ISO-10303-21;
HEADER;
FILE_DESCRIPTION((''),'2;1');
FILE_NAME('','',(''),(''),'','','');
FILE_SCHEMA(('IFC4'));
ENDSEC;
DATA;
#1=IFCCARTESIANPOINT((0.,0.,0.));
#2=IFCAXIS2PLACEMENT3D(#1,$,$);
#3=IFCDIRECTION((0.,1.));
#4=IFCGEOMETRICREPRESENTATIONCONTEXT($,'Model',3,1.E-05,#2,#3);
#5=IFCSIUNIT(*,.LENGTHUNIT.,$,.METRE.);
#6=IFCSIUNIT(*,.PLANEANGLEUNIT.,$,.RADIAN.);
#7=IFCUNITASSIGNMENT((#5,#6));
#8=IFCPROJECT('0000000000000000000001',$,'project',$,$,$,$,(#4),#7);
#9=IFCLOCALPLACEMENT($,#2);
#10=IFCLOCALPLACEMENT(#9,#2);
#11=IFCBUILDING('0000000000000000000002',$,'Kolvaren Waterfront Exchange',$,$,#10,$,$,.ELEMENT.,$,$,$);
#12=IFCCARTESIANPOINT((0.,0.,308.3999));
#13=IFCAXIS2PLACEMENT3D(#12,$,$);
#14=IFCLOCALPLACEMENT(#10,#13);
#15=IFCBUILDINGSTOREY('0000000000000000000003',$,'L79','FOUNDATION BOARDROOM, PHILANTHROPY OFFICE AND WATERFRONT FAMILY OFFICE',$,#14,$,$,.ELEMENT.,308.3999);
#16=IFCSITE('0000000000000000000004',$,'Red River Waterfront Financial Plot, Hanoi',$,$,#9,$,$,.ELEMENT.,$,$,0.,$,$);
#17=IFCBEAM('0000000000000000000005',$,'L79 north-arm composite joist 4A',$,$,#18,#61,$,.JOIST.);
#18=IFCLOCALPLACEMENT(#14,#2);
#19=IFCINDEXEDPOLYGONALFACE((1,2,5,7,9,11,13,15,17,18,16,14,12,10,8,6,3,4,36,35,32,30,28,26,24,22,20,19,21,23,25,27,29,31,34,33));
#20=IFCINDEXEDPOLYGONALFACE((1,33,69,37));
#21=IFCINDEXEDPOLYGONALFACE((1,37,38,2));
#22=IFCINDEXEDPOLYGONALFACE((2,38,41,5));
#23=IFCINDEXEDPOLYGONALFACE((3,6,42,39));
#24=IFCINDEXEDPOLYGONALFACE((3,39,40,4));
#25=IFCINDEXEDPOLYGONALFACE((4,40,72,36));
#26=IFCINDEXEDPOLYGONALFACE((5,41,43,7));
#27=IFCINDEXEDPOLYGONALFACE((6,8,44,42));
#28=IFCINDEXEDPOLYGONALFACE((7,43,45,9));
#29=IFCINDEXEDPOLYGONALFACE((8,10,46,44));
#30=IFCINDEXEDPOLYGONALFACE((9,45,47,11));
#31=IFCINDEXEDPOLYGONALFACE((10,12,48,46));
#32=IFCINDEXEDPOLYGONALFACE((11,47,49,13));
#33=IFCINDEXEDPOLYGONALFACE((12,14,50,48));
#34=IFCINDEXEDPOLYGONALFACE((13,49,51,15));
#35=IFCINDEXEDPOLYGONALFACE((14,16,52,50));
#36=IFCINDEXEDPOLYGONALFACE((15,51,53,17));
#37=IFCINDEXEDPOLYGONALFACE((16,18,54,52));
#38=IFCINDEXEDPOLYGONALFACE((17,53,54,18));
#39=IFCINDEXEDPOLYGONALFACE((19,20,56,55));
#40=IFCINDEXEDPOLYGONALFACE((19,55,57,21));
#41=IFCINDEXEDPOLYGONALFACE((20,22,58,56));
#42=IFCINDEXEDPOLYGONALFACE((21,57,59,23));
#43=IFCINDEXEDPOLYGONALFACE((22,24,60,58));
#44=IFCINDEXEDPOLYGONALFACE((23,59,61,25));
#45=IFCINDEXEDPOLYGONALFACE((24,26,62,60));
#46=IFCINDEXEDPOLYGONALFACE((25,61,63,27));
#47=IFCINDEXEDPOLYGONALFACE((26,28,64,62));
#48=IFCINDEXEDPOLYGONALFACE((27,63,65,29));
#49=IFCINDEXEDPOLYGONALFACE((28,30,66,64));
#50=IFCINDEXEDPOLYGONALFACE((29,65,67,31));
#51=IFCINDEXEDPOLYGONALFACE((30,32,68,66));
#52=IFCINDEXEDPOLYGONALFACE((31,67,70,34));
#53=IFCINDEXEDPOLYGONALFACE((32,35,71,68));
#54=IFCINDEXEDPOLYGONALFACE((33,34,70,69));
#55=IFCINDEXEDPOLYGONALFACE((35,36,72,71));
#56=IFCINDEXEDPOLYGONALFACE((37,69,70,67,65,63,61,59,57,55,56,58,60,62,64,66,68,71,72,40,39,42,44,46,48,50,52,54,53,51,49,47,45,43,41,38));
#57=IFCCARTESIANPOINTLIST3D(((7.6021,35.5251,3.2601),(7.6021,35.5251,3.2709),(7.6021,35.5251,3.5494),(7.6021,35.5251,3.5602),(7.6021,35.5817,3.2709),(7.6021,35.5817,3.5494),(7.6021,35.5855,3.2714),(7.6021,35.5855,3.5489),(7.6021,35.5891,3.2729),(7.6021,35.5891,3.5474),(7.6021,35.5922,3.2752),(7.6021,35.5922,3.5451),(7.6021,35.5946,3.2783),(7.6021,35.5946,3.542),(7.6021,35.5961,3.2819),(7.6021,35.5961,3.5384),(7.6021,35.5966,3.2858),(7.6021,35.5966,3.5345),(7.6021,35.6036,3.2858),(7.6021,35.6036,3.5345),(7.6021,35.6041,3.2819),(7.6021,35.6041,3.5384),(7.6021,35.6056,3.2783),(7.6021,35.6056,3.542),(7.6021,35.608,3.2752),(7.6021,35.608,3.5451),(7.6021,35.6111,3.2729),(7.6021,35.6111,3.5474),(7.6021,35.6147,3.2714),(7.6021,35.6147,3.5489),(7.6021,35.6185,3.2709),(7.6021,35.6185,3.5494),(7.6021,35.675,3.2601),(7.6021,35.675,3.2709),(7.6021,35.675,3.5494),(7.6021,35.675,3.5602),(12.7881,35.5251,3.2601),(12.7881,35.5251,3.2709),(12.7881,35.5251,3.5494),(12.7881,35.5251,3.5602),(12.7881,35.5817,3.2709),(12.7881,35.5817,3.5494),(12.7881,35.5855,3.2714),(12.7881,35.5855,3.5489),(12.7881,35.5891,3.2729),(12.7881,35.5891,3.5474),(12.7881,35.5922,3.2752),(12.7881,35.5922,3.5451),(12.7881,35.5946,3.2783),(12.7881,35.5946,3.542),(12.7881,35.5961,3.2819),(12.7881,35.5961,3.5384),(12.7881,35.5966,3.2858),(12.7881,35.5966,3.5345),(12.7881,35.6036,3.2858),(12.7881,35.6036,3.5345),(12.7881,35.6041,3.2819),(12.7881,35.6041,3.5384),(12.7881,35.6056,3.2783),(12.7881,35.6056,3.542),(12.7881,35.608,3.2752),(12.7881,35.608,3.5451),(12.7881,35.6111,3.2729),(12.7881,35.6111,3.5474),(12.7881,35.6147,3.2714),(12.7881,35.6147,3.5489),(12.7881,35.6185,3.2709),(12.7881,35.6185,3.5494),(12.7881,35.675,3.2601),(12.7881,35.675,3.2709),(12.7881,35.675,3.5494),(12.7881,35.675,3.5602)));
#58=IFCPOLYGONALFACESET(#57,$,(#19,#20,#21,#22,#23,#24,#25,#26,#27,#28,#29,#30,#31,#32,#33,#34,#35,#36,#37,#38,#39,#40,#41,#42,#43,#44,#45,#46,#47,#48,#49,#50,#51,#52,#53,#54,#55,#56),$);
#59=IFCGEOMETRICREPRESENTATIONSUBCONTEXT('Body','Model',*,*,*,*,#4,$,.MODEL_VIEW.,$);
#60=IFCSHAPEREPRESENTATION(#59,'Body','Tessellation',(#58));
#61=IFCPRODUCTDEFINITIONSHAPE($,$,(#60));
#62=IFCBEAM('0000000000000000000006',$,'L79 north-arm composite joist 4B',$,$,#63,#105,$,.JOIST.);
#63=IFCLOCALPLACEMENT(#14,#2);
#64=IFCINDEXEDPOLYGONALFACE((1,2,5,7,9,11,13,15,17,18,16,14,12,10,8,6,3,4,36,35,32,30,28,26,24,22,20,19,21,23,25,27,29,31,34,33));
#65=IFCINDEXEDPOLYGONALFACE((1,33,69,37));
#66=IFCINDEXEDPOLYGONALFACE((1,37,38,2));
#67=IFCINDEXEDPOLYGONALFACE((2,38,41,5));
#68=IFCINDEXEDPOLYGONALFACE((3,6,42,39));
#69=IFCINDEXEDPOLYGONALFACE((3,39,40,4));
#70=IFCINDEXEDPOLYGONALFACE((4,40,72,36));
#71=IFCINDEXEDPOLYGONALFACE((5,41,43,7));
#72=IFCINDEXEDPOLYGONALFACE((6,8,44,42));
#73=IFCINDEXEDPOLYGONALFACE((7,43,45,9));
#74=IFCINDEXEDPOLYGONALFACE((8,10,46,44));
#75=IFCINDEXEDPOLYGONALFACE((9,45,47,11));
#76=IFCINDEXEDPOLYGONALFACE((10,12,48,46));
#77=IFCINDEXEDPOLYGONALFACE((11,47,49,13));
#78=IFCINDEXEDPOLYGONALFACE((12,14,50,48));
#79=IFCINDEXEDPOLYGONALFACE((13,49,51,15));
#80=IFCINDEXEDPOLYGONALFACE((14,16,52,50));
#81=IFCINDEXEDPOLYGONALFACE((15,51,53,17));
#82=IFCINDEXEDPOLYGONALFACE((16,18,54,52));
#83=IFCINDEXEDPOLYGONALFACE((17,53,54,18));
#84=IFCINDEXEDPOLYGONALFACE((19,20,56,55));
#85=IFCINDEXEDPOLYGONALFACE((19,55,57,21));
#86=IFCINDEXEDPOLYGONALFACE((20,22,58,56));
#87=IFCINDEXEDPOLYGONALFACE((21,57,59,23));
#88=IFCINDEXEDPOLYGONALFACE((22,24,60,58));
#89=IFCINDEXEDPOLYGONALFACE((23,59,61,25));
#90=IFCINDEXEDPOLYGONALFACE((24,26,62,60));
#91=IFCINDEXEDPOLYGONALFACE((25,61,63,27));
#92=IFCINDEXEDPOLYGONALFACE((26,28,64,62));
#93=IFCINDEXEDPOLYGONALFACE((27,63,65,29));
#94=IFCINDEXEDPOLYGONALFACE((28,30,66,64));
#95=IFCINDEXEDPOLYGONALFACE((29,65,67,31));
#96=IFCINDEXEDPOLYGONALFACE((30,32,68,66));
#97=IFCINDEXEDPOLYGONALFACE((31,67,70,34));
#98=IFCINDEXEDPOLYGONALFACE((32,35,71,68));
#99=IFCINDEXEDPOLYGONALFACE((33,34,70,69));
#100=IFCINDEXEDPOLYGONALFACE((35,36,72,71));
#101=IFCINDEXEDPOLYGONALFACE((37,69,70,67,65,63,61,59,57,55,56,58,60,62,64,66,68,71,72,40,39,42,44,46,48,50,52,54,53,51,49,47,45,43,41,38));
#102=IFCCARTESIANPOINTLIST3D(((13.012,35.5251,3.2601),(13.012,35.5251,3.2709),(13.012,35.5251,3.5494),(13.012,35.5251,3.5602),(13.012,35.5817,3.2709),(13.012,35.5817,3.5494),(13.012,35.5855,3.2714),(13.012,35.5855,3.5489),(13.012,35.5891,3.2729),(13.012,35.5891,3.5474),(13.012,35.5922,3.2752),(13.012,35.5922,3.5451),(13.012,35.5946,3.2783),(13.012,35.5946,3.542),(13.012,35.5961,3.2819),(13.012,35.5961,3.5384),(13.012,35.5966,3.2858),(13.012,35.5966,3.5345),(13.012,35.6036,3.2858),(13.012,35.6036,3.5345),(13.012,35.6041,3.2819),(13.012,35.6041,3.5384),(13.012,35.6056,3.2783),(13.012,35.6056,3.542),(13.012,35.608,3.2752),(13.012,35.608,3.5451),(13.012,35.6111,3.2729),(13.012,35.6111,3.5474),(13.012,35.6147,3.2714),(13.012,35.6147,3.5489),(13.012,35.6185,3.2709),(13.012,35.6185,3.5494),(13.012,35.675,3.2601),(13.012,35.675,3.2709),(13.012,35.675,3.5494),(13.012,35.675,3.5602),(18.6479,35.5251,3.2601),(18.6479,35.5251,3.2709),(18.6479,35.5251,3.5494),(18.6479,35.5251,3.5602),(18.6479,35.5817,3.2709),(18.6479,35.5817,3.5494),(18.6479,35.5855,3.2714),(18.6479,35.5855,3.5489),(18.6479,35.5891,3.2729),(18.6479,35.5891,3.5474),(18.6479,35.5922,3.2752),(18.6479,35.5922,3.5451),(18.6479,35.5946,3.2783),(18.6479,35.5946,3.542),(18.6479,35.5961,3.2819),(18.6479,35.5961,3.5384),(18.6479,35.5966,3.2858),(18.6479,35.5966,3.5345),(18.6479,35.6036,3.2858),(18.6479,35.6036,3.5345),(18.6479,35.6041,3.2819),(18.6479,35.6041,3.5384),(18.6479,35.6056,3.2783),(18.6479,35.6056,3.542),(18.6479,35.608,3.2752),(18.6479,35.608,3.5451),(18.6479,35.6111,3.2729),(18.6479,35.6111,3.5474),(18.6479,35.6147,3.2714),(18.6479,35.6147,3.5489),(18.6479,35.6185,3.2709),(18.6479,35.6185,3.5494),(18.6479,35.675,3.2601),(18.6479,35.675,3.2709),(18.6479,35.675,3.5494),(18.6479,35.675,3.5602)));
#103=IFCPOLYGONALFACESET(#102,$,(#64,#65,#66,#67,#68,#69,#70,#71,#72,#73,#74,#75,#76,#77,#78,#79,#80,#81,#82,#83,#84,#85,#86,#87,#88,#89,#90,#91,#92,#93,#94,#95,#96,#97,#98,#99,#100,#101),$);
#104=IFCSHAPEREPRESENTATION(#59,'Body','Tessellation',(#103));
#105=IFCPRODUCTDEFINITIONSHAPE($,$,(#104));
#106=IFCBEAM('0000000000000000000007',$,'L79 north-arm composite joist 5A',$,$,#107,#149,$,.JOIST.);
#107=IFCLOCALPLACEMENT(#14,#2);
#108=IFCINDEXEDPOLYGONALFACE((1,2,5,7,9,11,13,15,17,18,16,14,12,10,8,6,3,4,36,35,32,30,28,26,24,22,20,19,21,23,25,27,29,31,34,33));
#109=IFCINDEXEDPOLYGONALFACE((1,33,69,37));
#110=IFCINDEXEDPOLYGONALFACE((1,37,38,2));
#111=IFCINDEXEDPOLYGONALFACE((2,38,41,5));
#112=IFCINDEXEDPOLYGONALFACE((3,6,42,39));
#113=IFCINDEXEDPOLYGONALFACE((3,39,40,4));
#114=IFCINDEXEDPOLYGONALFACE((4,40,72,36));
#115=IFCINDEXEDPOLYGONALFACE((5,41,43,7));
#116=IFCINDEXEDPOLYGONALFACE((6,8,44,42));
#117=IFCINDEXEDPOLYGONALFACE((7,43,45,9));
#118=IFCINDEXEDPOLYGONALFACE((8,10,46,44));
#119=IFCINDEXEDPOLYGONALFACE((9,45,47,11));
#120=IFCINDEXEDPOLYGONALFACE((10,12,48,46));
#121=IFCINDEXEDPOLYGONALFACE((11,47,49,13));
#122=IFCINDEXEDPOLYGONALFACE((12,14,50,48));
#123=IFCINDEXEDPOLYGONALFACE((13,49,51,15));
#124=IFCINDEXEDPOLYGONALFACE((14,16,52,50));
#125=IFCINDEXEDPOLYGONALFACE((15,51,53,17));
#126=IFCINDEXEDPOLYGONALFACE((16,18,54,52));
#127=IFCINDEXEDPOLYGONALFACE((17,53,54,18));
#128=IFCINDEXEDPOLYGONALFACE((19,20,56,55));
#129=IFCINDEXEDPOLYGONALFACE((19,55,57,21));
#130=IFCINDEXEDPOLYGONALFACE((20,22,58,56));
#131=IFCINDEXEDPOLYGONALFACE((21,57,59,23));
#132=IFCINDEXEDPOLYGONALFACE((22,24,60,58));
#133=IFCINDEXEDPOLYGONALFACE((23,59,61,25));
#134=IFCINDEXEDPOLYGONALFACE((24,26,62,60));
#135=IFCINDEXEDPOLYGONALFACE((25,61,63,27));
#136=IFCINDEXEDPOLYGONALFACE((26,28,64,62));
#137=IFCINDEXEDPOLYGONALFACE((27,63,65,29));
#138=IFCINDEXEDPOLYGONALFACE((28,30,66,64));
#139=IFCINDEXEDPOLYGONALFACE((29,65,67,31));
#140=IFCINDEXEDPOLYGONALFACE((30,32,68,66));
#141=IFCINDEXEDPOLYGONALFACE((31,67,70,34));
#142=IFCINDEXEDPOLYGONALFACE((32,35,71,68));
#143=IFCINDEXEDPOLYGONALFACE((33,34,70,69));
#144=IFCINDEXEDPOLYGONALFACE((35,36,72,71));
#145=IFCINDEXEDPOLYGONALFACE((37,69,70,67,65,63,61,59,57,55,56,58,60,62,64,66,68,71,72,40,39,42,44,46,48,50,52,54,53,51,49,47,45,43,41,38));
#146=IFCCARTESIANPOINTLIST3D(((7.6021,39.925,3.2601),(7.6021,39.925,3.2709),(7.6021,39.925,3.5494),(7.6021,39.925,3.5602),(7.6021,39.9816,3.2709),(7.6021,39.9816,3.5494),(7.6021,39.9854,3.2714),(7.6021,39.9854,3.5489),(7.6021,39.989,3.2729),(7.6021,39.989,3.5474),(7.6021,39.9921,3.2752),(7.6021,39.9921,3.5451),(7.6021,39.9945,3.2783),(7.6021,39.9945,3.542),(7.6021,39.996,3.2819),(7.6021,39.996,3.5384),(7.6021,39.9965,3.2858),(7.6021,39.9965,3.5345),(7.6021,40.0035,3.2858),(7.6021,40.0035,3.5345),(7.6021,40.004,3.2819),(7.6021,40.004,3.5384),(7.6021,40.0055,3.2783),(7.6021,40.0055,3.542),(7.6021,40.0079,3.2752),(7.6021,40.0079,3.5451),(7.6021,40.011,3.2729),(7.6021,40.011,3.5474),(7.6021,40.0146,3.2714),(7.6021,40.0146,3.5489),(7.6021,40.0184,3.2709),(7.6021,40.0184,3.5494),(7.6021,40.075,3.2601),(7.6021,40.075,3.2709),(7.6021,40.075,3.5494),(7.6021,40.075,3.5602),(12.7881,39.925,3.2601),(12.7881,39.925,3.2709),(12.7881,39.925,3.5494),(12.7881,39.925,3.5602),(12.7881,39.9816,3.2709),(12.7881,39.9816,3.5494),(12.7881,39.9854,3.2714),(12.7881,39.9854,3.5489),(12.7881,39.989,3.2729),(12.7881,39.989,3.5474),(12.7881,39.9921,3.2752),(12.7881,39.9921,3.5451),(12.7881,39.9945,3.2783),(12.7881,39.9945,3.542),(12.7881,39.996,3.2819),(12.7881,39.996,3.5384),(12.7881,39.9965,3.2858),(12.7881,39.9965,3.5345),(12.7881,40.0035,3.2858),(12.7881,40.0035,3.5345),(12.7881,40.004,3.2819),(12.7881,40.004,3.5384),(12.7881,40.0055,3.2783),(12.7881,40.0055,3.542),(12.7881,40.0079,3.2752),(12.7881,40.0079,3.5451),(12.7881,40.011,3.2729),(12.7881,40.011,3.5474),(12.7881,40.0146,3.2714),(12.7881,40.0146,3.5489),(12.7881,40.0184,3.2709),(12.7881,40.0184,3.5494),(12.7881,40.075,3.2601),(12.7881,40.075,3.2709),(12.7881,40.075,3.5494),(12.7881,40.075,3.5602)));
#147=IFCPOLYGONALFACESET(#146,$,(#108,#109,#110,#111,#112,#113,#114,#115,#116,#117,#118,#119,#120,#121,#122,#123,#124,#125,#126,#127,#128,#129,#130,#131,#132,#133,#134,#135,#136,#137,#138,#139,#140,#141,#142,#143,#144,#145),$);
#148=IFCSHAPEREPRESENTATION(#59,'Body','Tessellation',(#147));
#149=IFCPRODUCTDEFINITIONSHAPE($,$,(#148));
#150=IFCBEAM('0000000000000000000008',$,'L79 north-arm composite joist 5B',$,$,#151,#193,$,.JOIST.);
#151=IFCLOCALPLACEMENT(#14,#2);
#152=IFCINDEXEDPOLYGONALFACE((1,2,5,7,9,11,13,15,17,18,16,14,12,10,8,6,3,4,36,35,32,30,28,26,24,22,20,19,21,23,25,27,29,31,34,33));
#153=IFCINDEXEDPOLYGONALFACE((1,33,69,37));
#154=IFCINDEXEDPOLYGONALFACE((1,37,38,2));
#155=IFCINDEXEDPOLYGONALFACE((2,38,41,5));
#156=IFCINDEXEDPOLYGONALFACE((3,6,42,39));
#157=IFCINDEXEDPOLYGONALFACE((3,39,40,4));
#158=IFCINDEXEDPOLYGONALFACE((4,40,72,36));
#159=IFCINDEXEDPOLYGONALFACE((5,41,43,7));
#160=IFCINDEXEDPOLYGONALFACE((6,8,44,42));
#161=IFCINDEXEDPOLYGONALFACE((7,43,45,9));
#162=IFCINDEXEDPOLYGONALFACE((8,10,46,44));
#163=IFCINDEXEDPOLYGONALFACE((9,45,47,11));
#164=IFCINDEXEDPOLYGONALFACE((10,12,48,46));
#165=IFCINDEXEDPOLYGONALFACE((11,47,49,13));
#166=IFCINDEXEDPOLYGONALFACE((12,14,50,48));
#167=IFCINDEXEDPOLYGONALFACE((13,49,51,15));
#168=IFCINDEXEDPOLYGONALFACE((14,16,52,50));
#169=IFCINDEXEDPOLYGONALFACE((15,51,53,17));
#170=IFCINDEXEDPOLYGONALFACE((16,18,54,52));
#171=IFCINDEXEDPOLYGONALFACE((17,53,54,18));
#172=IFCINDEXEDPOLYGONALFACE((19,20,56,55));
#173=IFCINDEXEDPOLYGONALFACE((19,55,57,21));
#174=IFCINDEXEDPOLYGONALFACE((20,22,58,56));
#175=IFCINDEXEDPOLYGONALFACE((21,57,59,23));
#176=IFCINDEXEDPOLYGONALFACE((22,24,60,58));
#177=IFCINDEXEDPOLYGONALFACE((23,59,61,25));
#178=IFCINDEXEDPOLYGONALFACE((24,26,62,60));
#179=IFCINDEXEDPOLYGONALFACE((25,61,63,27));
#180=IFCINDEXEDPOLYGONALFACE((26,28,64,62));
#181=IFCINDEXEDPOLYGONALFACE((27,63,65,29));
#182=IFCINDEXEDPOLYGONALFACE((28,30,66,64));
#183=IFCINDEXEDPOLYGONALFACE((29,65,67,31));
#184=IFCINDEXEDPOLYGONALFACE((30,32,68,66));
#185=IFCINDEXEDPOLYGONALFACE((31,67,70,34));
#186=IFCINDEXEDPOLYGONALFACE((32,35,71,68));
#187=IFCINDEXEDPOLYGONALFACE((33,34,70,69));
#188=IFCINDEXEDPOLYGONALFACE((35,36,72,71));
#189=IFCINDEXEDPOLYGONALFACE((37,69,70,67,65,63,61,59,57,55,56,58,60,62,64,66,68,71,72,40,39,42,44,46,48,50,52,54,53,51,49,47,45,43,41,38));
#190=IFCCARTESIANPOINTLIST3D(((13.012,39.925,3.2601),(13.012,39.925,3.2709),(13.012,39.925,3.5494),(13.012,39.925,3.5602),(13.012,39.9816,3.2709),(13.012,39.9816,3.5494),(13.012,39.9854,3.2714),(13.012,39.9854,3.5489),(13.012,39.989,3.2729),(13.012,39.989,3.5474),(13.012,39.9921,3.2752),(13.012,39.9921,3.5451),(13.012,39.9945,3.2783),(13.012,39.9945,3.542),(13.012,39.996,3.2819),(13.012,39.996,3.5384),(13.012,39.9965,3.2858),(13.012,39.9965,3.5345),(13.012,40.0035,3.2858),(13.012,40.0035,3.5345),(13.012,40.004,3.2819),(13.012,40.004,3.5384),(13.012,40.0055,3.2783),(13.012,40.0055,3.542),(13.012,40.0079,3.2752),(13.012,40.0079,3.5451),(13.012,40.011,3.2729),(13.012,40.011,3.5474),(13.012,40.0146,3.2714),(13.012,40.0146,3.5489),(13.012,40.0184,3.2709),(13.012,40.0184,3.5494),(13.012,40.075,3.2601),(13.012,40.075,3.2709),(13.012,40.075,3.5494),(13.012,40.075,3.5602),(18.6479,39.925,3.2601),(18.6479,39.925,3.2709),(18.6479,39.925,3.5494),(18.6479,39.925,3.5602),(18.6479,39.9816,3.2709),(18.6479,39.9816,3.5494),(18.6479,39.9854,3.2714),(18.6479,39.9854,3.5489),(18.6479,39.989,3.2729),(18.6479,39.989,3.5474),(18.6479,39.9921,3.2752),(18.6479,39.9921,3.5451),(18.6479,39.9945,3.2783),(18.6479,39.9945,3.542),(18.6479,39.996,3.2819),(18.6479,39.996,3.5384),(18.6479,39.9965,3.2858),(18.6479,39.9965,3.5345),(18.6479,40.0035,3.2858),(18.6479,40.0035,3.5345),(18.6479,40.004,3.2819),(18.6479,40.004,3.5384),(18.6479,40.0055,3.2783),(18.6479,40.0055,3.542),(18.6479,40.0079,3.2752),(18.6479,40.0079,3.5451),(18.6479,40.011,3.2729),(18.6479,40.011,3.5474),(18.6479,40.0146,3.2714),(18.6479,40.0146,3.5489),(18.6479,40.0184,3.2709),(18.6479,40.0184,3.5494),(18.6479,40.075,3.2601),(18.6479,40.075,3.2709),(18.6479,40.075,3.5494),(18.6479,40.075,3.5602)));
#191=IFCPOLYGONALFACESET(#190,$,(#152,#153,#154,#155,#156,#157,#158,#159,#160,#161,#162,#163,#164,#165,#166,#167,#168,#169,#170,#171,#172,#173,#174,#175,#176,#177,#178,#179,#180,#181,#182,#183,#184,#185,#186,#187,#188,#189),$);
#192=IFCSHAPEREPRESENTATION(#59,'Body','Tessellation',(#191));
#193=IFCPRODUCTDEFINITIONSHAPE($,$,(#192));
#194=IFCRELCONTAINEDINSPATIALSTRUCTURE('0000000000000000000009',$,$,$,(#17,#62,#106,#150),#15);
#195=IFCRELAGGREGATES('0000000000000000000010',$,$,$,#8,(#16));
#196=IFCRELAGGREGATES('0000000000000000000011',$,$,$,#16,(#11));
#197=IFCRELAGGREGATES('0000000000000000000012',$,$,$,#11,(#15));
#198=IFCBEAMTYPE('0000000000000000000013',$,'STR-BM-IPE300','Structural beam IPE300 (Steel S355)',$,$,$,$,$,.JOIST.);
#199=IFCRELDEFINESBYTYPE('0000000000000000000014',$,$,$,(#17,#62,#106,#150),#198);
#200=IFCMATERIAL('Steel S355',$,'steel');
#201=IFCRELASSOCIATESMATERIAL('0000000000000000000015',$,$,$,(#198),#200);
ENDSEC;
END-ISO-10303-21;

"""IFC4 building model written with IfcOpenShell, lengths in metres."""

from ifc_helpers import new_model, si_unit, direction, frame, origin, origin_2d, place, context, subcontext, project, spatial, i_section, extrude, material, material_profile, profile_set, type_object, element, save


model = new_model("IFC4")

# Units and contexts
model_context = context("Model", 3, precision=1e-05, world=origin(), true_north=direction((0.0, 1.0)))
body_context = subcontext(model_context, "Body", "Model", "MODEL_VIEW")
ifc_project = project(units=[si_unit("LENGTHUNIT", "METRE"), si_unit("PLANEANGLEUNIT", "RADIAN")], contexts=[model_context])

# Site, building, storey
site_placement = place(None, origin())
site = spatial("IfcSite", under=ifc_project, at=site_placement, Name="Red River Waterfront Financial Plot, Hanoi", CompositionType="ELEMENT", RefElevation=0.0)
building_placement = place(site_placement, origin())
building = spatial("IfcBuilding", under=site, at=building_placement, Name="Kolvaren Waterfront Exchange", CompositionType="ELEMENT")
storey_placement = place(building_placement, frame((0.0, 0.0, 308.3999)))
storey = spatial("IfcBuildingStorey", under=building, at=storey_placement, Name="L79", Description="FOUNDATION BOARDROOM, PHILANTHROPY OFFICE AND WATERFRONT FAMILY OFFICE", CompositionType="ELEMENT", Elevation=308.3999)

# Beams
ifc_material_1 = material(Name="Steel S355", Category="steel")
ifc_material_profile_1 = material_profile(ifc_material_1, i_section(OverallWidth=0.1499, OverallDepth=0.3, WebThickness=0.0071, FlangeThickness=0.0107, FilletRadius=0.0149, at=origin_2d()), Name="IPE300")
ifc_profile_set_1 = profile_set([ifc_material_profile_1], Name="Steel S355")
beam_type_1 = type_object("IfcBeamType", Name="STR-BM-IPE300", Description="Structural beam IPE300 (Steel S355)", PredefinedType="JOIST", material=ifc_profile_set_1)
beam_1_placement = place(storey_placement, frame((7.6021, 35.6001, 3.4102), z_axis=(1.0, 0.0, 0.0), x_axis=(0.0, 1.0, 0.0)))
element("IfcBeam", 1, at=beam_1_placement, inside=storey, type_object=beam_type_1, Name="L79 north-arm composite joist 4A", PredefinedType="JOIST", context=body_context, shape_type="SweptSolid", body=[
    extrude(i_section(OverallWidth=0.1499, OverallDepth=0.3, WebThickness=0.0071, FlangeThickness=0.0107, FilletRadius=0.0149, at=origin_2d()), origin(), (0.0, 0.0, 1.0), 5.186),
])
beam_2_placement = place(storey_placement, frame((13.012, 35.6001, 3.4102), z_axis=(1.0, 0.0, 0.0), x_axis=(0.0, 1.0, 0.0)))
element("IfcBeam", 2, at=beam_2_placement, inside=storey, type_object=beam_type_1, Name="L79 north-arm composite joist 4B", PredefinedType="JOIST", context=body_context, shape_type="SweptSolid", body=[
    extrude(i_section(OverallWidth=0.1499, OverallDepth=0.3, WebThickness=0.0071, FlangeThickness=0.0107, FilletRadius=0.0149, at=origin_2d()), origin(), (0.0, 0.0, 1.0), 5.636),
])
beam_3_placement = place(storey_placement, frame((7.6021, 40.0, 3.4102), z_axis=(1.0, 0.0, 0.0), x_axis=(0.0, 1.0, 0.0)))
element("IfcBeam", 3, at=beam_3_placement, inside=storey, type_object=beam_type_1, Name="L79 north-arm composite joist 5A", PredefinedType="JOIST", context=body_context, shape_type="SweptSolid", body=[
    extrude(i_section(OverallWidth=0.1499, OverallDepth=0.3, WebThickness=0.0071, FlangeThickness=0.0107, FilletRadius=0.0149, at=origin_2d()), origin(), (0.0, 0.0, 1.0), 5.186),
])
beam_4_placement = place(storey_placement, frame((13.012, 40.0, 3.4102), z_axis=(1.0, 0.0, 0.0), x_axis=(0.0, 1.0, 0.0)))
element("IfcBeam", 4, at=beam_4_placement, inside=storey, type_object=beam_type_1, Name="L79 north-arm composite joist 5B", PredefinedType="JOIST", context=body_context, shape_type="SweptSolid", body=[
    extrude(i_section(OverallWidth=0.1499, OverallDepth=0.3, WebThickness=0.0071, FlangeThickness=0.0107, FilletRadius=0.0149, at=origin_2d()), origin(), (0.0, 0.0, 1.0), 5.636),
])

save(model, "model.ifc")
